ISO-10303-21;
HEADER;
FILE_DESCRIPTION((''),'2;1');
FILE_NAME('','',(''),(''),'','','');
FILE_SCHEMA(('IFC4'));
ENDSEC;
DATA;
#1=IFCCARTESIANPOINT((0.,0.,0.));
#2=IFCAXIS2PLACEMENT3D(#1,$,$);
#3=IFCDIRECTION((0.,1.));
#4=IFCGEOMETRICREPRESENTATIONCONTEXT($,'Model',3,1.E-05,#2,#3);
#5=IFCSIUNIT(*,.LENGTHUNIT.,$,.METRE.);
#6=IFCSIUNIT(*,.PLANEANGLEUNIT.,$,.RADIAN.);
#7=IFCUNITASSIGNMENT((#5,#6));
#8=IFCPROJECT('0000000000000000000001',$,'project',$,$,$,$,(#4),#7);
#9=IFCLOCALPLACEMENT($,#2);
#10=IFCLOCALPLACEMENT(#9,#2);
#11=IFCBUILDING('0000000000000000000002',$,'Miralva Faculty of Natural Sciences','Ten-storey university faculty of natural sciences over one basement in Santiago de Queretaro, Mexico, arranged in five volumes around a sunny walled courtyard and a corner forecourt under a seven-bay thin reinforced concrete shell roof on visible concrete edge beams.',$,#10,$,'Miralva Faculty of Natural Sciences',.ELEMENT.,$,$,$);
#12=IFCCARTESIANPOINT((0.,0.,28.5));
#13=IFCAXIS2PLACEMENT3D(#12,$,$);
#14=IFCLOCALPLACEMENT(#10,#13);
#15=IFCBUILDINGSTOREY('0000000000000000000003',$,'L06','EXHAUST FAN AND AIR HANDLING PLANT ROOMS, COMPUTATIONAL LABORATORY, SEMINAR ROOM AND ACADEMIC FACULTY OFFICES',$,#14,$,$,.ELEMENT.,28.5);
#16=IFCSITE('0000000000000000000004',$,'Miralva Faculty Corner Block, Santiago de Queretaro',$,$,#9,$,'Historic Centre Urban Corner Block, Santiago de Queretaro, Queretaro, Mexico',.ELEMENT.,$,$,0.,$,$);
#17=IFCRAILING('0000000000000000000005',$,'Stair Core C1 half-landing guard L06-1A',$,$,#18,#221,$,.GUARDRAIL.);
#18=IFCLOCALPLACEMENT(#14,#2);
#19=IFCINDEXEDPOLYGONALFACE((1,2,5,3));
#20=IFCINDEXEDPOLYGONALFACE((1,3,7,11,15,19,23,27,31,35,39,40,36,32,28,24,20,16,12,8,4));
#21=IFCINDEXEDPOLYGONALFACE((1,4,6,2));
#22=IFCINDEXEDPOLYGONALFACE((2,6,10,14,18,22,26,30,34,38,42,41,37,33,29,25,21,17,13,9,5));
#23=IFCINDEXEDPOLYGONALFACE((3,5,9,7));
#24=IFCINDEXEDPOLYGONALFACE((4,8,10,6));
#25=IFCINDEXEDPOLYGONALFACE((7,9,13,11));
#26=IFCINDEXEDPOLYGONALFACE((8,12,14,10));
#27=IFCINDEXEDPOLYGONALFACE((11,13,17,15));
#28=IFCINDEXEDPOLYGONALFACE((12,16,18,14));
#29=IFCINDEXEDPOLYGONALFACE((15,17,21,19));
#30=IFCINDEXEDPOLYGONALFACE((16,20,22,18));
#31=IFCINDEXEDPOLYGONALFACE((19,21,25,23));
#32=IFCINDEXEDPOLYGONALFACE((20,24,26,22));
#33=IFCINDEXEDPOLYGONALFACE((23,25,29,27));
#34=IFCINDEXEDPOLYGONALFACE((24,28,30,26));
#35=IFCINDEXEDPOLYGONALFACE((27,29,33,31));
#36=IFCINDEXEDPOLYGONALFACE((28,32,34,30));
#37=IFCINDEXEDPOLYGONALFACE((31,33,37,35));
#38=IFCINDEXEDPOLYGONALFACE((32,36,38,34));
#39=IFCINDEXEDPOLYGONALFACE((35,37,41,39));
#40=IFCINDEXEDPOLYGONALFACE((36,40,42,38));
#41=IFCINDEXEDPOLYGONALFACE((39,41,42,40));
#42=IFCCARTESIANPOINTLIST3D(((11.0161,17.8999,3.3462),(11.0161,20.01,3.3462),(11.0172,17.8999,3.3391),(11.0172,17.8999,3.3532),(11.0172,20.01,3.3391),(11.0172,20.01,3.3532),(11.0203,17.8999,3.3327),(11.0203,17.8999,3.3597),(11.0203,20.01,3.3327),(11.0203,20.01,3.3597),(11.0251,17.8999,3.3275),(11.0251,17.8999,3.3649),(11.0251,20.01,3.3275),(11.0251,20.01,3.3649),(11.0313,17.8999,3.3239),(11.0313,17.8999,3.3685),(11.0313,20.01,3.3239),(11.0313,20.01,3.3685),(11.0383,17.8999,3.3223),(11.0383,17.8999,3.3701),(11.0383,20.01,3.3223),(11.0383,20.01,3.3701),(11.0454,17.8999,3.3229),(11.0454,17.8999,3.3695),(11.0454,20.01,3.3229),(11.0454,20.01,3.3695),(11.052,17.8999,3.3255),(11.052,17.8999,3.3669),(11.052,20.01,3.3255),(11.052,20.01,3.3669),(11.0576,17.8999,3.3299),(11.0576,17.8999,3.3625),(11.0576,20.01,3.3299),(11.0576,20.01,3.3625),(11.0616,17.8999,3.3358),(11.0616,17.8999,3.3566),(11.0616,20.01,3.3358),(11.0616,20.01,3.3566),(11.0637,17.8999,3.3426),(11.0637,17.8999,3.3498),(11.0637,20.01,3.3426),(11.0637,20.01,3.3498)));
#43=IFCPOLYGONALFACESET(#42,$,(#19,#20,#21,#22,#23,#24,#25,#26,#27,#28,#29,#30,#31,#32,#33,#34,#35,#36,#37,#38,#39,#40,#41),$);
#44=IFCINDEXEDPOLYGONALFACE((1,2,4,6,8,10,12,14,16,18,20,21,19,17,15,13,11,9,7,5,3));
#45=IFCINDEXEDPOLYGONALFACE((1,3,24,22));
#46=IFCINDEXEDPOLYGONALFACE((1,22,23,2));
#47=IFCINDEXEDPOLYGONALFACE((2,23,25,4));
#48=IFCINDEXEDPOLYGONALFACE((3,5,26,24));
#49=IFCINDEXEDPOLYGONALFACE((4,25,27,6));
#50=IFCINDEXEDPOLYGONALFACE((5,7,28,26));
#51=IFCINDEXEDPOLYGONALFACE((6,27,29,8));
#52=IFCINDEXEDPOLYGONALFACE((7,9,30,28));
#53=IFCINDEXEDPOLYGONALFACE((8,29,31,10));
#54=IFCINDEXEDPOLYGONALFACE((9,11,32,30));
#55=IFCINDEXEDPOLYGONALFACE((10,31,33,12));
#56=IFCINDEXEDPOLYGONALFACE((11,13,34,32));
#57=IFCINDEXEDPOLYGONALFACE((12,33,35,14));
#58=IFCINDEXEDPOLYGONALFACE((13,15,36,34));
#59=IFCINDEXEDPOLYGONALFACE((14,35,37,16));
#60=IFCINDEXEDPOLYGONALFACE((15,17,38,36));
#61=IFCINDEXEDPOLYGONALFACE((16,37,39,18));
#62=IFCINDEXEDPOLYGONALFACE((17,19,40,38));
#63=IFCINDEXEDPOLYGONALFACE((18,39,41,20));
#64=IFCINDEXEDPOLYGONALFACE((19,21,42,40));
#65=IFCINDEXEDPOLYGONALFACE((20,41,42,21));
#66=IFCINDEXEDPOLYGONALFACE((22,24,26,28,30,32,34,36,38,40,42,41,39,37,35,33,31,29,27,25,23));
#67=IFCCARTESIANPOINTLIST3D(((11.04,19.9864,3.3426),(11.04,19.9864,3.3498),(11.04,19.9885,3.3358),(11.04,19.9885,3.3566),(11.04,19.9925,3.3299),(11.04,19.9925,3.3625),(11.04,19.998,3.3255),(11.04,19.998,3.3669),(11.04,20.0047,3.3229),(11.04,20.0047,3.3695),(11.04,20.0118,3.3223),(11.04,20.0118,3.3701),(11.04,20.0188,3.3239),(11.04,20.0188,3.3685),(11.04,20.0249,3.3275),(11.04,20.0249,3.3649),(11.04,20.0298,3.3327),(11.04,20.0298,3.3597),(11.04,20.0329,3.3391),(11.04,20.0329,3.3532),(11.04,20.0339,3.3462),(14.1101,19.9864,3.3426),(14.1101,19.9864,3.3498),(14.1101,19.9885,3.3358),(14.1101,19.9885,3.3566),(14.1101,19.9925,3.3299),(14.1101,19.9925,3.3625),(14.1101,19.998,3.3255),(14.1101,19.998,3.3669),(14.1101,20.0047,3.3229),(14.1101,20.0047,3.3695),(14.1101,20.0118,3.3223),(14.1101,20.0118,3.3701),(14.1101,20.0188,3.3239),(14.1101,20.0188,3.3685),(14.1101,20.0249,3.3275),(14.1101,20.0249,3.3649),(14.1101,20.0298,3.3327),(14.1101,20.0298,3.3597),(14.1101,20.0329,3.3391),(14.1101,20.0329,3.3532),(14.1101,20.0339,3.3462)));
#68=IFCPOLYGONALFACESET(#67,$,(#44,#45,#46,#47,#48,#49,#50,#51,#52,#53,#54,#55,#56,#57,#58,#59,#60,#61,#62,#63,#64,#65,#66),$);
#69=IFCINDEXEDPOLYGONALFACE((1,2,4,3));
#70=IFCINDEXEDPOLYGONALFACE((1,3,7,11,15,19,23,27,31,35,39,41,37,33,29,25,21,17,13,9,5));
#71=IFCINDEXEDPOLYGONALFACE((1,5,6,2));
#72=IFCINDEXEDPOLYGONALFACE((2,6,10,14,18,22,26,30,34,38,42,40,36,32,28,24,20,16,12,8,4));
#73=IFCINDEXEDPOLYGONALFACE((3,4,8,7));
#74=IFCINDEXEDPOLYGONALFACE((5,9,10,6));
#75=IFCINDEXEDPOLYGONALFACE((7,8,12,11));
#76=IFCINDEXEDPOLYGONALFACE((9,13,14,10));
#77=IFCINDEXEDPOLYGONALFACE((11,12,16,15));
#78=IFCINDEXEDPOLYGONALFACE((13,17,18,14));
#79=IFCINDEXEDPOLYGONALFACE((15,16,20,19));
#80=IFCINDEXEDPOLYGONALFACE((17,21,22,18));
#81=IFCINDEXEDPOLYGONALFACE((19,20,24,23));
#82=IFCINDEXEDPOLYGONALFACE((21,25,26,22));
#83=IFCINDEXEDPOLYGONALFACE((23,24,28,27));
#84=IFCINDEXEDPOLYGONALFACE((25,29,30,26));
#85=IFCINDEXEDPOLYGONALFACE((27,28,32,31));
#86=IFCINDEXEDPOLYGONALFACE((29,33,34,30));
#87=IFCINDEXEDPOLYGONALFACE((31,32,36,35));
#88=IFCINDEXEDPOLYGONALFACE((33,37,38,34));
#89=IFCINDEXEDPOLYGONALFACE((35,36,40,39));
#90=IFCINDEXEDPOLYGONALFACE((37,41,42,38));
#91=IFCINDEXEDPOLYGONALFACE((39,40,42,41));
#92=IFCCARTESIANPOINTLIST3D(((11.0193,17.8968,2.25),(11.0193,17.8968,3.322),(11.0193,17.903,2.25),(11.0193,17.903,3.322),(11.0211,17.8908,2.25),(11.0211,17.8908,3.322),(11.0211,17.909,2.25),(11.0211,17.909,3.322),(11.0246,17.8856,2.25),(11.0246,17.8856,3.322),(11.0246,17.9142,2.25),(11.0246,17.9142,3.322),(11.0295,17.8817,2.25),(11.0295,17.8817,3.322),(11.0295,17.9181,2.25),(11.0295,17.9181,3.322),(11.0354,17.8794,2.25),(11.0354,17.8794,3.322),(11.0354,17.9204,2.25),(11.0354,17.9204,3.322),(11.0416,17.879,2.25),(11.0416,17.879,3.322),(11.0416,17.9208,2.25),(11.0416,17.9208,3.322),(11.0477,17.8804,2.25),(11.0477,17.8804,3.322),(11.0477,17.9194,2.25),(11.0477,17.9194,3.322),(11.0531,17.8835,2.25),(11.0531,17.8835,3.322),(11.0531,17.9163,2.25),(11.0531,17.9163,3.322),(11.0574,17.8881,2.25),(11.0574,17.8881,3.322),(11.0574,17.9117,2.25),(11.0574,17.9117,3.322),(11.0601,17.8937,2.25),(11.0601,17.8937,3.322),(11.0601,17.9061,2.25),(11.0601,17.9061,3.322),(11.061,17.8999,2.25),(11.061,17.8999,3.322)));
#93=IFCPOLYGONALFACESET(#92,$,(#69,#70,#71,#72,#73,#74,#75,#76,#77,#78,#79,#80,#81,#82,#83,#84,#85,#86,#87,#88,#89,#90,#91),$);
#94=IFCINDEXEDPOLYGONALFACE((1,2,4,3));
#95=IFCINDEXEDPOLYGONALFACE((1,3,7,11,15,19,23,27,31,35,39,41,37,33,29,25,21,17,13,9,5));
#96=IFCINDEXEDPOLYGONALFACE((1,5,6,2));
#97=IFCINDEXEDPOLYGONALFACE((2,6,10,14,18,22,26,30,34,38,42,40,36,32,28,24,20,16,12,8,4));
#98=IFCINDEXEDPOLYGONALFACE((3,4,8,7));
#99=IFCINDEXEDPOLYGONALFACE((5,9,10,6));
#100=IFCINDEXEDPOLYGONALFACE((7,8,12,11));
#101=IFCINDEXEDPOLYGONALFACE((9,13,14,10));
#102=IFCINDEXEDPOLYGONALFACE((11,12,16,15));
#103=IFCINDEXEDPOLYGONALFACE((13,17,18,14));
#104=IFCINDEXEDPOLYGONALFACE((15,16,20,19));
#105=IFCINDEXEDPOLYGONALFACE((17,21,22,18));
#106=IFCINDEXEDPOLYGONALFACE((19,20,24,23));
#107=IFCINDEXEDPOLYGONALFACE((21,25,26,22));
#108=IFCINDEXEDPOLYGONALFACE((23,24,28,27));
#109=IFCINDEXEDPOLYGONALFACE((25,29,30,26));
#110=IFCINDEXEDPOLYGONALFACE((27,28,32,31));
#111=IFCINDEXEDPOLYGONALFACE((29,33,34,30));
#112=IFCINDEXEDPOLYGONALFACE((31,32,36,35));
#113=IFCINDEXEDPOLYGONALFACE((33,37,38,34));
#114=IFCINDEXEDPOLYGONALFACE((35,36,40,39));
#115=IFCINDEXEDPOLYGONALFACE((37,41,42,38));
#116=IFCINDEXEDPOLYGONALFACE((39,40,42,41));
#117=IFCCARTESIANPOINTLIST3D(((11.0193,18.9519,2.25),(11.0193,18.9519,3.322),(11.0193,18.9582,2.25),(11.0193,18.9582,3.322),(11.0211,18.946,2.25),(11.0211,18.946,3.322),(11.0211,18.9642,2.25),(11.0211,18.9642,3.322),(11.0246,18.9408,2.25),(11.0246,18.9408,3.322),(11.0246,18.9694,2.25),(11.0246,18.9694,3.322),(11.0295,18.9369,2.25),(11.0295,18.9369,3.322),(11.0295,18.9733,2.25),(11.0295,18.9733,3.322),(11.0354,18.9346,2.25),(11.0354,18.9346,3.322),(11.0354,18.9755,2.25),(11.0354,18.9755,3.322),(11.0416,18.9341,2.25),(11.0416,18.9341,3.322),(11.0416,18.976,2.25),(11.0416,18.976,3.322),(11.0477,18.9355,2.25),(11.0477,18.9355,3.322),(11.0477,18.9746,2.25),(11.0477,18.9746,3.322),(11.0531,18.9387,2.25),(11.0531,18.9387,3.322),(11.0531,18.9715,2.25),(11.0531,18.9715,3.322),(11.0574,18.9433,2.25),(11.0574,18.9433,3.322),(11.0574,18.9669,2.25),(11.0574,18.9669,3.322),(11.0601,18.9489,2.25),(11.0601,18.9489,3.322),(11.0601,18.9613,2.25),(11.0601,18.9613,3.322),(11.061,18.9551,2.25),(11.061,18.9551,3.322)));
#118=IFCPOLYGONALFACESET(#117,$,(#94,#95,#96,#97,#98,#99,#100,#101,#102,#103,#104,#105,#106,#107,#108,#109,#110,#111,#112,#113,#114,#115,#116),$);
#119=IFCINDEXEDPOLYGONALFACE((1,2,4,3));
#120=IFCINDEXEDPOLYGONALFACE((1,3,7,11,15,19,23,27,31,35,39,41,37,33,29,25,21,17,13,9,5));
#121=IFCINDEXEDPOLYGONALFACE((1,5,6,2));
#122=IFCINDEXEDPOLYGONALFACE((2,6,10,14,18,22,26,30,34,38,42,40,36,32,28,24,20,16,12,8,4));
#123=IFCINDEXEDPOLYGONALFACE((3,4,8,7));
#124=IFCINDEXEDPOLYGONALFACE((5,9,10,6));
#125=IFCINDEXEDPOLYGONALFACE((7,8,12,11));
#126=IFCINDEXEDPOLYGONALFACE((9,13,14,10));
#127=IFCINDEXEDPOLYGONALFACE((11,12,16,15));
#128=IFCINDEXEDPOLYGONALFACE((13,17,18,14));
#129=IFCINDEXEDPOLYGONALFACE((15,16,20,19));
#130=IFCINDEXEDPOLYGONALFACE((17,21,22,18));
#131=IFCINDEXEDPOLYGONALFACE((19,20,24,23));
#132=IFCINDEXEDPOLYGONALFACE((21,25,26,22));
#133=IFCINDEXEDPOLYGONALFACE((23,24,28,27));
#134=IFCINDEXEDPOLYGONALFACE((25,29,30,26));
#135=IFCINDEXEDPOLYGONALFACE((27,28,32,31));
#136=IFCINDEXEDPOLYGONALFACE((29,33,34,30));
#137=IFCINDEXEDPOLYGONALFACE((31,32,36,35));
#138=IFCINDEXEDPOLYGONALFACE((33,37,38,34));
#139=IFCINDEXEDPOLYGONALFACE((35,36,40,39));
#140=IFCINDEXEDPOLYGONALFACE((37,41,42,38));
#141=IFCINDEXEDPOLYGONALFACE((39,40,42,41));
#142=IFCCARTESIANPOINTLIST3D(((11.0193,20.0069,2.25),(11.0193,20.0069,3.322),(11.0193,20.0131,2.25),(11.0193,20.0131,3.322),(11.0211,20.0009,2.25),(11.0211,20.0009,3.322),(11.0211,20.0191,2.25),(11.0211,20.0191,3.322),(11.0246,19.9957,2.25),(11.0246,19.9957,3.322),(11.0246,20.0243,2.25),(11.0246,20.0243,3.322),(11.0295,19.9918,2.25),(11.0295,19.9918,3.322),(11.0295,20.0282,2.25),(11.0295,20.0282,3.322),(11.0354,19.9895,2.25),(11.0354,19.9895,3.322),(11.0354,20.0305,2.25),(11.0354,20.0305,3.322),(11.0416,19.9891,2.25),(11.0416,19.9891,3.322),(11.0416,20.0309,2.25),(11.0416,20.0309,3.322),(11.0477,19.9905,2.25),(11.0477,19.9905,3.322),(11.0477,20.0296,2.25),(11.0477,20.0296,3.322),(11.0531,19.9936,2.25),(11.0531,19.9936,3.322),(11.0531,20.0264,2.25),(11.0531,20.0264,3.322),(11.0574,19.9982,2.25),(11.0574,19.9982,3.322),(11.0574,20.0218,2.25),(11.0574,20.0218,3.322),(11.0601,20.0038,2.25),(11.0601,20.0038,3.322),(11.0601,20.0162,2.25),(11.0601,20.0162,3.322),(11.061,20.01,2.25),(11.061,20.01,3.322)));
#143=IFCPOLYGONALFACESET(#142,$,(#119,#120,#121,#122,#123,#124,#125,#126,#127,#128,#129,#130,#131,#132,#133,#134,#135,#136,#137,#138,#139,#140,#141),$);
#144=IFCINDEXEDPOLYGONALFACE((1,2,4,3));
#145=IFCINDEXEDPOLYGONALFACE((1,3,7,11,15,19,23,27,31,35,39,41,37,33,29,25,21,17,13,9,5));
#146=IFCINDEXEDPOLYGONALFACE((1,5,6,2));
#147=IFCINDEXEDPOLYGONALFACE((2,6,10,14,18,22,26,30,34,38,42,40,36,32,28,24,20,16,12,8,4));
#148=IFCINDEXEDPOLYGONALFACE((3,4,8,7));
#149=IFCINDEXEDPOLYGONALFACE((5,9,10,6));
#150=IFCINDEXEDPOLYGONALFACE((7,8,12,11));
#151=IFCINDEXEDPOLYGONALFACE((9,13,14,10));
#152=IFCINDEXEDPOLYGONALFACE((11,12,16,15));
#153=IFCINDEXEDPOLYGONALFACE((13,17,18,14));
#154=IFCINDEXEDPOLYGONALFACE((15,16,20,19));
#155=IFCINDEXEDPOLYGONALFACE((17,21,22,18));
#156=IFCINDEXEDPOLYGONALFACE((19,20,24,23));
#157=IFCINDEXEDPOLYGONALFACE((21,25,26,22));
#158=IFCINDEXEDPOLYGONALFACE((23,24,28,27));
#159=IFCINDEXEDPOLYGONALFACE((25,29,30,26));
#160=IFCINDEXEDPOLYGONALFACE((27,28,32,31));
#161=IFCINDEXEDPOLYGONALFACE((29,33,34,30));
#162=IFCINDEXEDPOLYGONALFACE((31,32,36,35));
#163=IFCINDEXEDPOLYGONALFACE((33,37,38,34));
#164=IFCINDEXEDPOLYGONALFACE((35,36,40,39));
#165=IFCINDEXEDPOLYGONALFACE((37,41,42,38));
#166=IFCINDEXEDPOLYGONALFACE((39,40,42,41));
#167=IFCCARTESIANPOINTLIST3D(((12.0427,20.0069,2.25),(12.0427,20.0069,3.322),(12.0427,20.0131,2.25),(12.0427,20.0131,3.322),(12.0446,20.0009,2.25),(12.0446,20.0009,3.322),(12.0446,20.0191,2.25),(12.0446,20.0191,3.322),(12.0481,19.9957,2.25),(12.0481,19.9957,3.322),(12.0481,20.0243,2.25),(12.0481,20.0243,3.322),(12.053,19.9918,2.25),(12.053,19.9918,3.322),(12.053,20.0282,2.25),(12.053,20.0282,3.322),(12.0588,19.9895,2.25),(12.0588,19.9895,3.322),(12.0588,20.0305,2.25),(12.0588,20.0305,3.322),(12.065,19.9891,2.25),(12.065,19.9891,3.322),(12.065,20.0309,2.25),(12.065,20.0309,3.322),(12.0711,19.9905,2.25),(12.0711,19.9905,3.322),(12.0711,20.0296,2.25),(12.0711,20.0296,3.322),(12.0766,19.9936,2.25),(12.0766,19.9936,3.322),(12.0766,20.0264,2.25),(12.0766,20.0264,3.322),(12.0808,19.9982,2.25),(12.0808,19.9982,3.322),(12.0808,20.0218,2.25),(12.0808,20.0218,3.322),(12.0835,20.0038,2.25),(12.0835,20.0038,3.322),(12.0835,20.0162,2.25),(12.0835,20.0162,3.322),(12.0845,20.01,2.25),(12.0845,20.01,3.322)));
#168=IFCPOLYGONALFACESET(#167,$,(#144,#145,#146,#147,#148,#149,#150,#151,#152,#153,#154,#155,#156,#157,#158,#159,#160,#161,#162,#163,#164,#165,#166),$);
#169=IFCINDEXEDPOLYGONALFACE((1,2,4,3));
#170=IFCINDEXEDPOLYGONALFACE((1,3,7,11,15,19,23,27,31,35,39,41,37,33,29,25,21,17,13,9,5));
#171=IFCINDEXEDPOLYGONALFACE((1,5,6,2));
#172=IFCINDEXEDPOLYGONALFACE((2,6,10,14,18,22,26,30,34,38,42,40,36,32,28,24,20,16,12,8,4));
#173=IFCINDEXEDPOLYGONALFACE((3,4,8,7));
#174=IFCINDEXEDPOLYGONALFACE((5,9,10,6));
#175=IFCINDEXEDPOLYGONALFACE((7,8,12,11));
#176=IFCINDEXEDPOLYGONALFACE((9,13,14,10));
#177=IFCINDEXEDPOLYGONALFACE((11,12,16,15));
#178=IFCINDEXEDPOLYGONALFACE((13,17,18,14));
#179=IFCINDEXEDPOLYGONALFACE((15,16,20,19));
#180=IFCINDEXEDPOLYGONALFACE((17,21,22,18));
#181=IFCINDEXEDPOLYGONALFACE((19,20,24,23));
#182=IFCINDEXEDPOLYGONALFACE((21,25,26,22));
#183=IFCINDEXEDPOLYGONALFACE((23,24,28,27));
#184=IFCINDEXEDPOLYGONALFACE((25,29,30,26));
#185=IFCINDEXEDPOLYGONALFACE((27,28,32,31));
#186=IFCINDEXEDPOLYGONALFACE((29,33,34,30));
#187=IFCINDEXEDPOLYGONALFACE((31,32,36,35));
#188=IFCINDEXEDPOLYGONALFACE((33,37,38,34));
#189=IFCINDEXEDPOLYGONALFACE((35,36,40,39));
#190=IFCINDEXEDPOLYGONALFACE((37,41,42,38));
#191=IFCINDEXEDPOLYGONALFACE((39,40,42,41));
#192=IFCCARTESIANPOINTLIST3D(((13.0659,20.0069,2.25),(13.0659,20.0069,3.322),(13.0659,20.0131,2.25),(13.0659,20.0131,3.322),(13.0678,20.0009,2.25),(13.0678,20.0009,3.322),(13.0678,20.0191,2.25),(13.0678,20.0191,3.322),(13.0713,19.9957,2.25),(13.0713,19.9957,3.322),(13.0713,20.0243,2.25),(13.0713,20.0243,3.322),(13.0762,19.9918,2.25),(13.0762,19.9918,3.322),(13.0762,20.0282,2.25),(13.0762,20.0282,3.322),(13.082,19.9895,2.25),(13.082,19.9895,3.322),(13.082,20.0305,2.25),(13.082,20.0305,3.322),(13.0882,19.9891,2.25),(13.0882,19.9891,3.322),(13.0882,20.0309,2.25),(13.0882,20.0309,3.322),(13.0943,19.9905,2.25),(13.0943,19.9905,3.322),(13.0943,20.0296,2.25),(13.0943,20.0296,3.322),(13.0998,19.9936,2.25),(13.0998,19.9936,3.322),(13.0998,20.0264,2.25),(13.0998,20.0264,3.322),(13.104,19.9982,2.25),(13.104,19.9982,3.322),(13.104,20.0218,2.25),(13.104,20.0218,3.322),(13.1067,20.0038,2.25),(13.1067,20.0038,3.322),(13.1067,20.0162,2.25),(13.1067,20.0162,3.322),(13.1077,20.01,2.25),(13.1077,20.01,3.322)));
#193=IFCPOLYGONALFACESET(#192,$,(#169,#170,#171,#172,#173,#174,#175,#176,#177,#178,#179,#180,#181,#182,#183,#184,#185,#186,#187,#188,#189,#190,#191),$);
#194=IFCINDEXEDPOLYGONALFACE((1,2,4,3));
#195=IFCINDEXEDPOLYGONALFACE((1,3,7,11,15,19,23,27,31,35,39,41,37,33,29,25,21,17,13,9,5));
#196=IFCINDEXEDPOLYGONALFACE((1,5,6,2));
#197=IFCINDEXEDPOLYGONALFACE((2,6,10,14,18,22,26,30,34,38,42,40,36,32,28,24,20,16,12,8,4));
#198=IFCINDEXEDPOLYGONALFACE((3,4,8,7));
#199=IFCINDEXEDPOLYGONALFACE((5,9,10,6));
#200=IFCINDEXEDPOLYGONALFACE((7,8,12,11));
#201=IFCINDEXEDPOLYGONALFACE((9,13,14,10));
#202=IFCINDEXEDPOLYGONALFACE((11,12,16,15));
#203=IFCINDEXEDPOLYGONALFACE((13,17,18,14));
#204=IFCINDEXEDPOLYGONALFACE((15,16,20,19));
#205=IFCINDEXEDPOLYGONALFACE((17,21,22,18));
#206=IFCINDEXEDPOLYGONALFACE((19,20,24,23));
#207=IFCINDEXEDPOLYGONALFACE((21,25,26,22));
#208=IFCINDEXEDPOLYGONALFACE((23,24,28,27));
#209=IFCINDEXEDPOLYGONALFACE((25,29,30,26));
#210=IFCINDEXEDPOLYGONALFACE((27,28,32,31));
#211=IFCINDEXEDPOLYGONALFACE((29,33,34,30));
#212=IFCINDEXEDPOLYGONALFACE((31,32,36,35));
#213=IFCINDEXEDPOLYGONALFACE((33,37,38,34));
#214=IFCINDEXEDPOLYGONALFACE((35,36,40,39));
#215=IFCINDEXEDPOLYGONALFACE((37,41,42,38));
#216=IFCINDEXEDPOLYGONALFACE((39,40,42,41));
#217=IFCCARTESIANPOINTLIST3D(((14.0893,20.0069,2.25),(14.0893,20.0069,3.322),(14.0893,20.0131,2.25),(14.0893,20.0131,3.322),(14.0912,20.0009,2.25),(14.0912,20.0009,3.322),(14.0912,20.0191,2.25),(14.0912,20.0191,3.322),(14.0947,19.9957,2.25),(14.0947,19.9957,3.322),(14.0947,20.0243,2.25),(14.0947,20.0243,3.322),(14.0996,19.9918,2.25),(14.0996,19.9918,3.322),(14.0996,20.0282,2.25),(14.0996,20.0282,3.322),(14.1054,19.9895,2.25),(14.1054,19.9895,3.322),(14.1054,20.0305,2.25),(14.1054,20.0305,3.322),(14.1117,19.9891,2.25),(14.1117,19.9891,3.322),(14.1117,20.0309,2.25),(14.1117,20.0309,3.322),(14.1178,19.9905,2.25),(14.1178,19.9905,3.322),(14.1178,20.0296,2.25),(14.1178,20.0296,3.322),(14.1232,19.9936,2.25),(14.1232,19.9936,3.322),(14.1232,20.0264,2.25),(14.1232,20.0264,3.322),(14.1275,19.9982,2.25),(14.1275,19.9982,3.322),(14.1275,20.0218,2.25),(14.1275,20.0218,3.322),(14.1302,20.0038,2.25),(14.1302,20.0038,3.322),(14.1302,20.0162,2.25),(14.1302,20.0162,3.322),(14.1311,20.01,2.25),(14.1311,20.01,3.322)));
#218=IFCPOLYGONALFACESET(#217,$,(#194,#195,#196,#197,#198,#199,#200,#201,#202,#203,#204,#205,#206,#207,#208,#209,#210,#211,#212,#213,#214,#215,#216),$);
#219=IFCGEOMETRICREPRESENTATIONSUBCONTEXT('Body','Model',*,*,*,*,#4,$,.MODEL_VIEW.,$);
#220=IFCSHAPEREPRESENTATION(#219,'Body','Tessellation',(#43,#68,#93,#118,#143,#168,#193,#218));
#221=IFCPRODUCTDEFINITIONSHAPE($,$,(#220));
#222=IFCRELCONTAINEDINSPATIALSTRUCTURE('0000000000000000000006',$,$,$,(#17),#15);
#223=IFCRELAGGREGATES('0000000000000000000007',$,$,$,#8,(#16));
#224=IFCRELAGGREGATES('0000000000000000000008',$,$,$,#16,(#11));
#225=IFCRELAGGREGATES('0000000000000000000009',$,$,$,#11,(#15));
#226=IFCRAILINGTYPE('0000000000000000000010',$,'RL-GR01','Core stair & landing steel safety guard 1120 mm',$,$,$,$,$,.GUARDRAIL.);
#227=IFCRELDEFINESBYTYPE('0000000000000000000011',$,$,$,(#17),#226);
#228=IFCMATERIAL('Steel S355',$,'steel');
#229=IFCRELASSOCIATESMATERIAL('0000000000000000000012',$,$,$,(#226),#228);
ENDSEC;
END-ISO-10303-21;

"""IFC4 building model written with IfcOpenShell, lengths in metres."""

from ifc_helpers import new_model, si_unit, direction, frame, origin, origin_2d, place, context, subcontext, project, spatial, circle, extrude, material, type_object, element, save


model = new_model("IFC4")

# Units and contexts
model_context = context("Model", 3, precision=1e-05, world=origin(), true_north=direction((0.0, 1.0)))
body_context = subcontext(model_context, "Body", "Model", "MODEL_VIEW")
ifc_project = project(units=[si_unit("LENGTHUNIT", "METRE"), si_unit("PLANEANGLEUNIT", "RADIAN")], contexts=[model_context])

# Site, building, storey
site_placement = place(None, origin())
site = spatial("IfcSite", under=ifc_project, at=site_placement, Name="Miralva Faculty Corner Block, Santiago de Queretaro", LongName="Historic Centre Urban Corner Block, Santiago de Queretaro, Queretaro, Mexico", CompositionType="ELEMENT", RefElevation=0.0)
building_placement = place(site_placement, origin())
building = spatial("IfcBuilding", under=site, at=building_placement, Name="Miralva Faculty of Natural Sciences", Description="Ten-storey university faculty of natural sciences over one basement in Santiago de Queretaro, Mexico, arranged in five volumes around a sunny walled courtyard and a corner forecourt under a seven-bay thin reinforced concrete shell roof on visible concrete edge beams.", LongName="Miralva Faculty of Natural Sciences", CompositionType="ELEMENT")
storey_placement = place(building_placement, frame((0.0, 0.0, 28.5)))
storey = spatial("IfcBuildingStorey", under=building, at=storey_placement, Name="L06", Description="EXHAUST FAN AND AIR HANDLING PLANT ROOMS, COMPUTATIONAL LABORATORY, SEMINAR ROOM AND ACADEMIC FACULTY OFFICES", CompositionType="ELEMENT", Elevation=28.5)

# Railing
ifc_material_1 = material(Name="Steel S355", Category="steel")
railing_type_1 = type_object("IfcRailingType", Name="RL-GR01", Description="Core stair & landing steel safety guard 1120 mm", PredefinedType="GUARDRAIL", material=ifc_material_1)
railing_1_placement = place(storey_placement, frame((11.04, 17.8999, 2.25)))
element("IfcRailing", 1, at=railing_1_placement, inside=storey, type_object=railing_type_1, Name="Stair Core C1 half-landing guard L06-1A", PredefinedType="GUARDRAIL", context=body_context, shape_type="SweptSolid", body=[
    extrude(circle(Radius=0.0239, at=origin_2d()), frame((0.0, 0.0, 1.0962), z_axis=(0.0, 1.0, 0.0), x_axis=(-1.0, 0.0, 0.0)), (0.0, 0.0, 1.0), 2.1101),
    extrude(circle(Radius=0.0239, at=origin_2d()), frame((0.0, 2.1101, 1.0962), z_axis=(1.0, 0.0, 0.0), x_axis=(0.0, 1.0, 0.0)), (0.0, 0.0, 1.0), 3.0701),
    extrude(circle(Radius=0.021, at=origin_2d()), origin(), (0.0, 0.0, 1.0), 1.072),
    extrude(circle(Radius=0.021, at=origin_2d()), frame((0.0, 1.0552, 0.0)), (0.0, 0.0, 1.0), 1.072),
    extrude(circle(Radius=0.021, at=origin_2d()), frame((0.0, 2.1101, 0.0)), (0.0, 0.0, 1.0), 1.072),
    extrude(circle(Radius=0.021, at=origin_2d()), frame((1.0234, 2.1101, 0.0)), (0.0, 0.0, 1.0), 1.072),
    extrude(circle(Radius=0.021, at=origin_2d()), frame((2.0466, 2.1101, 0.0)), (0.0, 0.0, 1.0), 1.072),
    extrude(circle(Radius=0.021, at=origin_2d()), frame((3.0701, 2.1101, 0.0)), (0.0, 0.0, 1.0), 1.072),
])

save(model, "model.ifc")
